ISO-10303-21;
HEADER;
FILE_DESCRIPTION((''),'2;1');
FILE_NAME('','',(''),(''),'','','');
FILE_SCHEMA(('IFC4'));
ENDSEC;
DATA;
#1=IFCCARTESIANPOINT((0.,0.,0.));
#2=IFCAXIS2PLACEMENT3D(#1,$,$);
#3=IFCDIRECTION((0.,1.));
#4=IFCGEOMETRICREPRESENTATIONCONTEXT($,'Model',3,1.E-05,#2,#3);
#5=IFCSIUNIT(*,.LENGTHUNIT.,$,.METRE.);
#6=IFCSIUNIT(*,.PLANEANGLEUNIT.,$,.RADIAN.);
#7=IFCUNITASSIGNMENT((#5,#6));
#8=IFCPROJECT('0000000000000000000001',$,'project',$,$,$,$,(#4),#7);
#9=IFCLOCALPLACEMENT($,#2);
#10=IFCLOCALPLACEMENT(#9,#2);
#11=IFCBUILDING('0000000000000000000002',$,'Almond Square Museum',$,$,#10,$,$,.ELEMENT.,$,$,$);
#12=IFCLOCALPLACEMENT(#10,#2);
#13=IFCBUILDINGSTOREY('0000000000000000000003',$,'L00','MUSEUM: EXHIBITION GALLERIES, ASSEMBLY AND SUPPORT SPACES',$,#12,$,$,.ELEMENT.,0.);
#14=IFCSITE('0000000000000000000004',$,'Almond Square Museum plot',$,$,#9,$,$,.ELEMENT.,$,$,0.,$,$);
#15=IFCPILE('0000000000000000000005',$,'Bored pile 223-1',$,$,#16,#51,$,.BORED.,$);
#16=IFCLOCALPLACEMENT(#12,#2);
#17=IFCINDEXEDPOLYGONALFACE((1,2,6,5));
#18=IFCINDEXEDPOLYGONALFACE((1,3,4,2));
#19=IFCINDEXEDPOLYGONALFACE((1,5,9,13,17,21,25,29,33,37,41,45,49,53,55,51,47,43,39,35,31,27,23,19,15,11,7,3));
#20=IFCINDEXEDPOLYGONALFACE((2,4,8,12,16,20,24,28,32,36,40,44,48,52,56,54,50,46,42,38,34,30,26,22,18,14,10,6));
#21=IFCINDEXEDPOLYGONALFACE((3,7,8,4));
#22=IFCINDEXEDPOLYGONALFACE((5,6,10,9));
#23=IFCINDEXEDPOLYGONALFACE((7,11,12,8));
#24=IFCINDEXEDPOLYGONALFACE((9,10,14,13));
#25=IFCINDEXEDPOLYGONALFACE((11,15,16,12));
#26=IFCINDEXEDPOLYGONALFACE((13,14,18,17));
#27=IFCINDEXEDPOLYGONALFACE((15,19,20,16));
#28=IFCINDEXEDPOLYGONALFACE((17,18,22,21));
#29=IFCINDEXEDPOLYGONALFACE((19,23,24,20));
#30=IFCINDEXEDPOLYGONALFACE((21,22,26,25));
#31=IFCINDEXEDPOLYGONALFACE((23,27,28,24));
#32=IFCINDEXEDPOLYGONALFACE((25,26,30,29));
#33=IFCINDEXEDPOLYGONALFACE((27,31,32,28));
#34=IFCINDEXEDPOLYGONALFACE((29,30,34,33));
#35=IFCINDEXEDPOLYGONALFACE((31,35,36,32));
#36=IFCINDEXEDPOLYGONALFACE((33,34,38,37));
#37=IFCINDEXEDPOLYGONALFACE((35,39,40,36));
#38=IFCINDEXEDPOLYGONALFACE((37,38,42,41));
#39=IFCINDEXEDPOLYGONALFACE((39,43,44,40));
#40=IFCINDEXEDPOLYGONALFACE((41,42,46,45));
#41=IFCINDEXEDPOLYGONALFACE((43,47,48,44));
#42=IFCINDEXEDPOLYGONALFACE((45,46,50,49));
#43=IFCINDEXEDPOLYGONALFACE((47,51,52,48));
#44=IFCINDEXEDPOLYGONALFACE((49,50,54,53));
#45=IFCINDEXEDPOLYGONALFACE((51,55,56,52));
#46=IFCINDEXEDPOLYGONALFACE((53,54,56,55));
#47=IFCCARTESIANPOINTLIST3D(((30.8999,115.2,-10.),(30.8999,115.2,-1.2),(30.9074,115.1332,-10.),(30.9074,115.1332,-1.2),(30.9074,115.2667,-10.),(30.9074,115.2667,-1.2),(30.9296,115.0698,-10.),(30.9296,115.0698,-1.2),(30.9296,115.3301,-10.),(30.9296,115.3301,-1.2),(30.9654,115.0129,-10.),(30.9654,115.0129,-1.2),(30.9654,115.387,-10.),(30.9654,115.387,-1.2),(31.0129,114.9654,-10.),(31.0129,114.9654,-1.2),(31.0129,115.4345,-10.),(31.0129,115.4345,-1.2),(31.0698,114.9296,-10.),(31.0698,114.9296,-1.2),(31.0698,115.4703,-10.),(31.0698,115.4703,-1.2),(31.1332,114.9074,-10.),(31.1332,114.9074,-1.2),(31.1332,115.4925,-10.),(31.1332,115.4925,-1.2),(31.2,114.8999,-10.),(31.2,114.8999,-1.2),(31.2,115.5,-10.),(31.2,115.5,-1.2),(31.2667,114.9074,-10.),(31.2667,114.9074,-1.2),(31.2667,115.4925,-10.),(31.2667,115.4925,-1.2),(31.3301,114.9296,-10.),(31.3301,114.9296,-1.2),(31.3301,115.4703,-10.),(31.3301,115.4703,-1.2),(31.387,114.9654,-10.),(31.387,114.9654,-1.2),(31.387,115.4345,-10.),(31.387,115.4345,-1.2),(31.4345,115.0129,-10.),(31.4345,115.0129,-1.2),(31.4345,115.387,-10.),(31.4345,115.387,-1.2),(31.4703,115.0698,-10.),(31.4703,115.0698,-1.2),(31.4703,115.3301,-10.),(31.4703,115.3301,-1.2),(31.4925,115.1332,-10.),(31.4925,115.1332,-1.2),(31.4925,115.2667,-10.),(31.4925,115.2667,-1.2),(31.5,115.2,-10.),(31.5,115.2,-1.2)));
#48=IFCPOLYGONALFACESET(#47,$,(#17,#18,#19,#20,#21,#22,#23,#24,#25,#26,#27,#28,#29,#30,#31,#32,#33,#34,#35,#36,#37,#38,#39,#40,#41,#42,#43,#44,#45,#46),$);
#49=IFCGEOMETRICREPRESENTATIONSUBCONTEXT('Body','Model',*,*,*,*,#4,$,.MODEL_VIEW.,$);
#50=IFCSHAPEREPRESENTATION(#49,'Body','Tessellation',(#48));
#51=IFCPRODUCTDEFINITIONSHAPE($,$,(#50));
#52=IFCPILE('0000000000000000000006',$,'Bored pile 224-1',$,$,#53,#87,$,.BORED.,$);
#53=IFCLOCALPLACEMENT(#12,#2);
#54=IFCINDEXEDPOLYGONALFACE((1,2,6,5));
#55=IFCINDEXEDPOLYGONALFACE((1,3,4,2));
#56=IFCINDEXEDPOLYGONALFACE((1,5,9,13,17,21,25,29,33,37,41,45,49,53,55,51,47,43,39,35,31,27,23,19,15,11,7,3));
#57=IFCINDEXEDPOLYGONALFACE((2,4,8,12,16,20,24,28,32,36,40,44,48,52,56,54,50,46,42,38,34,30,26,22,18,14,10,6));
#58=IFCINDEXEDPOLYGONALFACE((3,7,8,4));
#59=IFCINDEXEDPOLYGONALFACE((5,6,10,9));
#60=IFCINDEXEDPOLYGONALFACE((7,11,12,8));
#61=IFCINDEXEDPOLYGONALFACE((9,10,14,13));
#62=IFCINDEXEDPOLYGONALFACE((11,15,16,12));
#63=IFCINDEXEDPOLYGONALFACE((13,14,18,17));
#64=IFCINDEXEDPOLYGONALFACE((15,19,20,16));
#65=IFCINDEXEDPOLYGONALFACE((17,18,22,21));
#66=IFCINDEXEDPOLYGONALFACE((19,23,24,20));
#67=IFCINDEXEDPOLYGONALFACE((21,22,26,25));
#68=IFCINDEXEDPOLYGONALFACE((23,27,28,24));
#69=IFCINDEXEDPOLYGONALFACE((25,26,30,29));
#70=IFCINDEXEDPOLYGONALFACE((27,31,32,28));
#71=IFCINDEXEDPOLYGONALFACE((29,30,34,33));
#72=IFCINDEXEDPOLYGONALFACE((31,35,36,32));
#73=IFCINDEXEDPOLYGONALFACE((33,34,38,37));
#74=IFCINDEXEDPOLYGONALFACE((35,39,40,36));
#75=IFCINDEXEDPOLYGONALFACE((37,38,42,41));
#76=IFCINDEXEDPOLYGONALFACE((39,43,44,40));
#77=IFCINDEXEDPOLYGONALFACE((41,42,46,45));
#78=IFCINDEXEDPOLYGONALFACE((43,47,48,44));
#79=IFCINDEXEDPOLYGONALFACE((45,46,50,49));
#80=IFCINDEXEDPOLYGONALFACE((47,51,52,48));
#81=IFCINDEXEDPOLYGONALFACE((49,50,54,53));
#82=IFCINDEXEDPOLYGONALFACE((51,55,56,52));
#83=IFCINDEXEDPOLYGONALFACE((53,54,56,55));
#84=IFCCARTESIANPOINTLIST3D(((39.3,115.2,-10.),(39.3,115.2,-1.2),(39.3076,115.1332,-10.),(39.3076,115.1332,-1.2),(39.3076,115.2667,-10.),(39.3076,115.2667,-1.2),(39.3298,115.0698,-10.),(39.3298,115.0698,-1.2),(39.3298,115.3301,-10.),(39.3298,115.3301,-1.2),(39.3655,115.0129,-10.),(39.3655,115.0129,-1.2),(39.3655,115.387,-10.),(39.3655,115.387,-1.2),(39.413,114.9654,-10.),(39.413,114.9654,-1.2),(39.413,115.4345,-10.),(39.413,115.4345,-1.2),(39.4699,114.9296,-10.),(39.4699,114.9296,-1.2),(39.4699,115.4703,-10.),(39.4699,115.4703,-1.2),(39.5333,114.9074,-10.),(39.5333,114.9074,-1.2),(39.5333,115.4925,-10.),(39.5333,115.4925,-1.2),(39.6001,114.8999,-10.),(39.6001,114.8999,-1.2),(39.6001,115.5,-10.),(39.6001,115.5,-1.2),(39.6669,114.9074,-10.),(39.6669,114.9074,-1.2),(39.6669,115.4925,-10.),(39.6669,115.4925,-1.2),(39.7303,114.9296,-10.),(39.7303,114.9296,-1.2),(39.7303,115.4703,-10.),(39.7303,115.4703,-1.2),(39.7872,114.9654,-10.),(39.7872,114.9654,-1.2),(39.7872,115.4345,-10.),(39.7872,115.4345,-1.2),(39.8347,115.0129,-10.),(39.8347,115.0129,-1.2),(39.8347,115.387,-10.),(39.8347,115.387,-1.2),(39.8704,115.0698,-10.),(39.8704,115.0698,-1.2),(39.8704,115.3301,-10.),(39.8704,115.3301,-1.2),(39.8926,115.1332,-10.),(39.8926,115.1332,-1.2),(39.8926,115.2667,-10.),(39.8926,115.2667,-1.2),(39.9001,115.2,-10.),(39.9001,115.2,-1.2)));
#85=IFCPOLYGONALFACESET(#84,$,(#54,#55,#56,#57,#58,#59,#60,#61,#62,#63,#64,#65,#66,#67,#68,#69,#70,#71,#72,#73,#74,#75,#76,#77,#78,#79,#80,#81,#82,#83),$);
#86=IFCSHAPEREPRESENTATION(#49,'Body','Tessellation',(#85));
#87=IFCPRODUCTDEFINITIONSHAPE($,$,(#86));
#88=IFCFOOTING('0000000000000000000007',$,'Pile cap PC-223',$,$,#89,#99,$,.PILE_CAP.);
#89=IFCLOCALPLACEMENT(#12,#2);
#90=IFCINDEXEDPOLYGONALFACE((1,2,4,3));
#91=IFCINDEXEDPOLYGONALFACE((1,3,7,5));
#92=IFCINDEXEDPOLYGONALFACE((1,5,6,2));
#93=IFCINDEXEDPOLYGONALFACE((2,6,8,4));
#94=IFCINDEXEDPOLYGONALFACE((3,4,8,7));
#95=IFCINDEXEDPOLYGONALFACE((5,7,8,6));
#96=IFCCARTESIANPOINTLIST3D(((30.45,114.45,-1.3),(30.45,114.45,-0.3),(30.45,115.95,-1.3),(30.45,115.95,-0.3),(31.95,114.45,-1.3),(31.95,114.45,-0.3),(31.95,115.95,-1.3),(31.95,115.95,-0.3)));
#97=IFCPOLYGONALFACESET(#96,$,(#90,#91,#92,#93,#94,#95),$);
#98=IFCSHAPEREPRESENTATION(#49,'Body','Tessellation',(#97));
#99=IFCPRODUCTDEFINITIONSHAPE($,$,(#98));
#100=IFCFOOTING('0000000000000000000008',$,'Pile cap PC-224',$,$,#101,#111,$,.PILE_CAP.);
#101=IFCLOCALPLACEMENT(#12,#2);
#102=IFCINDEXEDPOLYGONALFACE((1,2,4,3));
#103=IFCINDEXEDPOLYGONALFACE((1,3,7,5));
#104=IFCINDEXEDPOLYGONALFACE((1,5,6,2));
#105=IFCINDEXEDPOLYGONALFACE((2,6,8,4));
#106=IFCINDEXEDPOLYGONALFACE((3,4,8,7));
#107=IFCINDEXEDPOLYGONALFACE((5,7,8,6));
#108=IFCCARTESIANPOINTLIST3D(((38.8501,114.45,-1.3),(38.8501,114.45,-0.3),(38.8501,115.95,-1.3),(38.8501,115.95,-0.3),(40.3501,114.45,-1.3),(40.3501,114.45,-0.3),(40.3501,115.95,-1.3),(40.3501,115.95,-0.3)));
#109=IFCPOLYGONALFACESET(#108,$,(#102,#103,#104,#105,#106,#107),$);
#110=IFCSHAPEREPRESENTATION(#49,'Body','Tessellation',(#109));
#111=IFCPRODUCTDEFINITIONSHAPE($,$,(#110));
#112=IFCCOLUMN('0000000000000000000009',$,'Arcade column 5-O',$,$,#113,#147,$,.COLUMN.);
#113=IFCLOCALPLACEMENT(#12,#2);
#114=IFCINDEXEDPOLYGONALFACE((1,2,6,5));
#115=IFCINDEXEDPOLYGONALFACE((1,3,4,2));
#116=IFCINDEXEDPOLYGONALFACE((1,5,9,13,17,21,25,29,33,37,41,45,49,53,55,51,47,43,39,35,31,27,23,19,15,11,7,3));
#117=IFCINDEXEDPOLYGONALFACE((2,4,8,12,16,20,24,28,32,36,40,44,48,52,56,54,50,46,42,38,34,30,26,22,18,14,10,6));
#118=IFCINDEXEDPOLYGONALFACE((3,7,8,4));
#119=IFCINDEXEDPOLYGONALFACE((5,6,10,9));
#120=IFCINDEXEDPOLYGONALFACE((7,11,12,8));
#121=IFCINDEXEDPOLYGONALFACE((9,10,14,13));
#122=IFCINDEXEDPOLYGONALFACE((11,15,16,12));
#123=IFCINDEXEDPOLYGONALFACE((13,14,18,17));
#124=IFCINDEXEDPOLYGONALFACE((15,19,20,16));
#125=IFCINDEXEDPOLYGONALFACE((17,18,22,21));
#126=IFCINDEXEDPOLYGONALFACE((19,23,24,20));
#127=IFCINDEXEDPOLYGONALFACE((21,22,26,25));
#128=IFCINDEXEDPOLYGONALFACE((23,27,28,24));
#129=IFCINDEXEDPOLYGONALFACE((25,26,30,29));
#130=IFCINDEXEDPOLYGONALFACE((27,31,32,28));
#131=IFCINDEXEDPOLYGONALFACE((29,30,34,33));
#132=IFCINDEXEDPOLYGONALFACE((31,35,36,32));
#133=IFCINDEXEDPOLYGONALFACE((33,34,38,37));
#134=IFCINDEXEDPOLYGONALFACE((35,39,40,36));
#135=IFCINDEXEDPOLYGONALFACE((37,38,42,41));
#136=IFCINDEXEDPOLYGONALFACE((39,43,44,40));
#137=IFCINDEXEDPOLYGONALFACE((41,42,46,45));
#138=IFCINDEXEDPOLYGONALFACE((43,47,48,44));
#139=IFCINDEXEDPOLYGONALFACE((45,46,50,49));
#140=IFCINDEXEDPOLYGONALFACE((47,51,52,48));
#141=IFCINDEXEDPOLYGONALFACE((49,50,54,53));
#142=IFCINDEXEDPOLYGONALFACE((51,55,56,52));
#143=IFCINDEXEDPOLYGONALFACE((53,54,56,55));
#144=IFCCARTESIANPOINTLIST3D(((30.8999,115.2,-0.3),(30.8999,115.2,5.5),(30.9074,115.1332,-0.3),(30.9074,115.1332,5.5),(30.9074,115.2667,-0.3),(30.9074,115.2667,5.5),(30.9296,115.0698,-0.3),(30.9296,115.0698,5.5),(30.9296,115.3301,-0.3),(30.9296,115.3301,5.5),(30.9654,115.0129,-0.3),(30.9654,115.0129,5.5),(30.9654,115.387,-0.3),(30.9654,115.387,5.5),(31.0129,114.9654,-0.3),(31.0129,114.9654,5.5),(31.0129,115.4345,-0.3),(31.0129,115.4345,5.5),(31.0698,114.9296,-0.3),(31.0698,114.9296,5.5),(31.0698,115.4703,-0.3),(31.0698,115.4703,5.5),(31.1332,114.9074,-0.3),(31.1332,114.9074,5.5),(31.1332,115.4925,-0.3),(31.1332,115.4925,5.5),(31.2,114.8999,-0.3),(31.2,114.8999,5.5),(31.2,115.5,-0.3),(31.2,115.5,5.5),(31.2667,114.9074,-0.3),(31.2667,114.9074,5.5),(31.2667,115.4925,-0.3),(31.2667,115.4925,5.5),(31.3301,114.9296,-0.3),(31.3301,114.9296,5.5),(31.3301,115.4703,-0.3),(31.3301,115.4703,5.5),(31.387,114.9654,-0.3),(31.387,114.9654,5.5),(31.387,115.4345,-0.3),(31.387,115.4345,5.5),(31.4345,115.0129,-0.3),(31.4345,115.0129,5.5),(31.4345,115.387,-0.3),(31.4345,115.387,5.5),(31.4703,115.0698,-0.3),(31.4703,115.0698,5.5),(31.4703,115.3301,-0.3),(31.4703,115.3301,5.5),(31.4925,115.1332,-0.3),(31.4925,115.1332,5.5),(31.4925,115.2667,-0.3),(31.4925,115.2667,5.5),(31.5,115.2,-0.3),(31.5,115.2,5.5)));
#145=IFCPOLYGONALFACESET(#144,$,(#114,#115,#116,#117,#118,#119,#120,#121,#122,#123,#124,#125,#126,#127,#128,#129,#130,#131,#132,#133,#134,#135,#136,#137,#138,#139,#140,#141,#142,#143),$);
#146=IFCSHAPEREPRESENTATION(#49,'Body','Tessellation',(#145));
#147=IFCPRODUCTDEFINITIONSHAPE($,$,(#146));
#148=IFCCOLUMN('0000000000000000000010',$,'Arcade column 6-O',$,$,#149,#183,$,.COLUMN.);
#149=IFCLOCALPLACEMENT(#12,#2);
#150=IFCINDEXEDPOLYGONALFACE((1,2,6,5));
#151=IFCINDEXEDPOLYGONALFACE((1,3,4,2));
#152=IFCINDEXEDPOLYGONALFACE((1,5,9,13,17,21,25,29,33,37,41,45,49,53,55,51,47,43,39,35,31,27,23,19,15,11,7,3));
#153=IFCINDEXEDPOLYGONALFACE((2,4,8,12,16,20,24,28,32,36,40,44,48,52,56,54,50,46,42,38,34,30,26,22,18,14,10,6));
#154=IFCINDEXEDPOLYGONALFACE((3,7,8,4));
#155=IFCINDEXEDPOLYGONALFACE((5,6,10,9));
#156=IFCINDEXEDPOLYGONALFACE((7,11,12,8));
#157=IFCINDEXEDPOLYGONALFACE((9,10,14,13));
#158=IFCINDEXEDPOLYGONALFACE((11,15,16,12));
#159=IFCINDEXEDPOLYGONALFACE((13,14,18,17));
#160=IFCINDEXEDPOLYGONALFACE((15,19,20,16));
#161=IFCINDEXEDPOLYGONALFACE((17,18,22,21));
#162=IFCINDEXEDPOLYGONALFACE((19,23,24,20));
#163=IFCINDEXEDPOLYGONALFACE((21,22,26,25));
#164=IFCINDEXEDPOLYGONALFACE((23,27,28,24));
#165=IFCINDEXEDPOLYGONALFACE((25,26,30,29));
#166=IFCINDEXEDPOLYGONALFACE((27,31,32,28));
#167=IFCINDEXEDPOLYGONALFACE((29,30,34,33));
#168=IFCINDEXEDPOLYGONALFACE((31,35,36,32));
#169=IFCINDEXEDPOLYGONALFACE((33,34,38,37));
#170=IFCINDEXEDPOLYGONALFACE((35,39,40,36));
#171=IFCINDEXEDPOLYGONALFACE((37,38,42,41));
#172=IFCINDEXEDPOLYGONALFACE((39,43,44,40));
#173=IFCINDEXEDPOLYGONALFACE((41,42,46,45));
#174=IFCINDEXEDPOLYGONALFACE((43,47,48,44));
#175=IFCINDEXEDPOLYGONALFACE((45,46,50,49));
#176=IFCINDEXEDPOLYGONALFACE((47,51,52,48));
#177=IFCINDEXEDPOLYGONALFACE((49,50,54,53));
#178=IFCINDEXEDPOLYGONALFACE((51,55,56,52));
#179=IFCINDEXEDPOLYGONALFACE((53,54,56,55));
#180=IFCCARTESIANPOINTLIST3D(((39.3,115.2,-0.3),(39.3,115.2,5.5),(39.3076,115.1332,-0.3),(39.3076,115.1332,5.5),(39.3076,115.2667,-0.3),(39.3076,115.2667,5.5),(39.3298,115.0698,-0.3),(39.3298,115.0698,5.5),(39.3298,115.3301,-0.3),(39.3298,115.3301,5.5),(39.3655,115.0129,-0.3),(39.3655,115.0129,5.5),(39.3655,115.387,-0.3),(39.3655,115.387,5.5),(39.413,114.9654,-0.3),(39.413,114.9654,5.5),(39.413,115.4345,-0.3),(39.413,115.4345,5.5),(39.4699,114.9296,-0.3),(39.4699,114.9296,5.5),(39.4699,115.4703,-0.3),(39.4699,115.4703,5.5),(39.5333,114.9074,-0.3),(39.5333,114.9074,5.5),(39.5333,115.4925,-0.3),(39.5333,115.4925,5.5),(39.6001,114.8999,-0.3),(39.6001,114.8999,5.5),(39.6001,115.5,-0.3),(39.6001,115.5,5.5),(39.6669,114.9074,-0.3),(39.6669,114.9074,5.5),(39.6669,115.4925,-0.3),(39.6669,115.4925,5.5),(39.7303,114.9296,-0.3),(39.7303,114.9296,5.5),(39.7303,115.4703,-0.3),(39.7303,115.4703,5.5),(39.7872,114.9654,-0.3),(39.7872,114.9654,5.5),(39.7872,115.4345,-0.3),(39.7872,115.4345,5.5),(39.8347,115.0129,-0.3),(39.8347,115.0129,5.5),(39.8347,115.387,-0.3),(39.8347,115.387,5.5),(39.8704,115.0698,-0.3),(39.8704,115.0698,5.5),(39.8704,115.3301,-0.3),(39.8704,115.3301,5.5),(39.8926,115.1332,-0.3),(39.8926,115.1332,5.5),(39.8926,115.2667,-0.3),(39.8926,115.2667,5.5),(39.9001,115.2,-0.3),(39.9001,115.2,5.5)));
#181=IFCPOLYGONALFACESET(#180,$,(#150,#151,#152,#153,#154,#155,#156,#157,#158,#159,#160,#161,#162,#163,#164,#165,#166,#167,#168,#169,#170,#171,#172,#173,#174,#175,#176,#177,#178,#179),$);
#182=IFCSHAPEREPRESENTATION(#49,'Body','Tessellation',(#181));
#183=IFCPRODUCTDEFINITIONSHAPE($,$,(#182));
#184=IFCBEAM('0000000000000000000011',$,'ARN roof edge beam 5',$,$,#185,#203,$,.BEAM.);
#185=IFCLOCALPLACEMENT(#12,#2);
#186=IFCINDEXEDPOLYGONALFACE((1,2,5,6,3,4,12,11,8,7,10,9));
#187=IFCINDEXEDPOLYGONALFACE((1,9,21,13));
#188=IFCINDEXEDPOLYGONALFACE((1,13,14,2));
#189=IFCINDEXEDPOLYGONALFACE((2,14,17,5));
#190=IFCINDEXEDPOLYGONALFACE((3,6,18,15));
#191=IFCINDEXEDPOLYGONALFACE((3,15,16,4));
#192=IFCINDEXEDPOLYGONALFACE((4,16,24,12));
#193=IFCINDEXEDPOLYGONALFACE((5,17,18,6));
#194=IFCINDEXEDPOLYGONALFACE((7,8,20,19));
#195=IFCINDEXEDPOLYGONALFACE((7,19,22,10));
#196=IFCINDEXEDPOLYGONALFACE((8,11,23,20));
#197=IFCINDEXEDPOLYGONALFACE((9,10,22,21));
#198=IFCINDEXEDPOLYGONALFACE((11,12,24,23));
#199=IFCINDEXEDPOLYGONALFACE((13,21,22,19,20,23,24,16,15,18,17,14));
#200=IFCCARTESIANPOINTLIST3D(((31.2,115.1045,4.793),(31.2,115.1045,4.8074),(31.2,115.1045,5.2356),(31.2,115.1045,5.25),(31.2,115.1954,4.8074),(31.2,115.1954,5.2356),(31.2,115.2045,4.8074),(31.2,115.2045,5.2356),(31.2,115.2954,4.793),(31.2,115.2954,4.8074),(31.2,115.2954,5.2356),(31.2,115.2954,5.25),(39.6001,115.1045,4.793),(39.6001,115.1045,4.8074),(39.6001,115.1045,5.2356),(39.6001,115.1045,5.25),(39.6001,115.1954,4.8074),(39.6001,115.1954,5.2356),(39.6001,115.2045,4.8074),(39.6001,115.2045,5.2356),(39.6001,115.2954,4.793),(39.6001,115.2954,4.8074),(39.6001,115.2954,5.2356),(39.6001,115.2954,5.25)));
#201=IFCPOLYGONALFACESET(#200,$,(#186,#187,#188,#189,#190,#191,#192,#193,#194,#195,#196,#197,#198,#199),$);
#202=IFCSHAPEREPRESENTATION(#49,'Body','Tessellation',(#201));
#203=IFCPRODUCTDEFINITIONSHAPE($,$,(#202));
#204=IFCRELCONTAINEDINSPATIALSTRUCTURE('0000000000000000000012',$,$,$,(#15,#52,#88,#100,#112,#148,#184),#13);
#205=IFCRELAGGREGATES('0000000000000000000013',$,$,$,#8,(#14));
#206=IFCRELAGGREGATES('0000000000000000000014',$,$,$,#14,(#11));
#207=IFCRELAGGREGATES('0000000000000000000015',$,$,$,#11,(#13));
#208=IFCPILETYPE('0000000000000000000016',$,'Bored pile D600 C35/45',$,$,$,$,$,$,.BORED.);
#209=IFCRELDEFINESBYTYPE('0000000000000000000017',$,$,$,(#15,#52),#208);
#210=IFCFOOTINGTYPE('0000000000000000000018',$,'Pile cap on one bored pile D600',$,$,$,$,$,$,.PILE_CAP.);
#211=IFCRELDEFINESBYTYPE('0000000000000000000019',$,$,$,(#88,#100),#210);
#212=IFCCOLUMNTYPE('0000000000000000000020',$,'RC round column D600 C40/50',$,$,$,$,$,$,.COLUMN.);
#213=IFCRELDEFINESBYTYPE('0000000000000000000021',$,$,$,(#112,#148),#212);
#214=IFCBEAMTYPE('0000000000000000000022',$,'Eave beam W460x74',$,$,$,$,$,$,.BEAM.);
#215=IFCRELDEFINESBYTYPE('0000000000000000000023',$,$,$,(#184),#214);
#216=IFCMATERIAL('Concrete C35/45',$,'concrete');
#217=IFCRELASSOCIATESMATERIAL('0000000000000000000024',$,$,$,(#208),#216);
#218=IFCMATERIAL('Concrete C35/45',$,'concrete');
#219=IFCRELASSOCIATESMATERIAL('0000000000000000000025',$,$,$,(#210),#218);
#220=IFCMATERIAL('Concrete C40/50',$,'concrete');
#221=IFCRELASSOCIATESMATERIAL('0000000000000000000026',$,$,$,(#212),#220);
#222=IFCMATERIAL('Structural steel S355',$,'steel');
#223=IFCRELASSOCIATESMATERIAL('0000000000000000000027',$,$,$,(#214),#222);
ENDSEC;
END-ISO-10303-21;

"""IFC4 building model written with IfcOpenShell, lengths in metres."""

from ifc_helpers import new_model, si_unit, direction, frame, origin, origin_2d, place, context, subcontext, project, spatial, rectangle, circle, i_section, extrude, material, material_profile, profile_set, type_object, element, save


model = new_model("IFC4")

# Units and contexts
model_context = context("Model", 3, precision=1e-05, world=origin(), true_north=direction((0.0, 1.0)))
body_context = subcontext(model_context, "Body", "Model", "MODEL_VIEW")
ifc_project = project(units=[si_unit("LENGTHUNIT", "METRE"), si_unit("PLANEANGLEUNIT", "RADIAN")], contexts=[model_context])

# Site, building, storey
site_placement = place(None, origin())
site = spatial("IfcSite", under=ifc_project, at=site_placement, Name="Almond Square Museum plot", CompositionType="ELEMENT", RefElevation=0.0)
building_placement = place(site_placement, origin())
building = spatial("IfcBuilding", under=site, at=building_placement, Name="Almond Square Museum", CompositionType="ELEMENT")
storey_placement = place(building_placement, origin())
storey = spatial("IfcBuildingStorey", under=building, at=storey_placement, Name="L00", Description="MUSEUM: EXHIBITION GALLERIES, ASSEMBLY AND SUPPORT SPACES", CompositionType="ELEMENT", Elevation=0.0)

# Piles
ifc_material_1 = material(Name="Concrete C35/45", Category="concrete")
ifc_material_profile_1 = material_profile(ifc_material_1, circle(Radius=0.3, at=origin_2d()))
ifc_profile_set_1 = profile_set([ifc_material_profile_1], Name="Concrete C35/45")
pile_type = type_object("IfcPileType", Name="Bored pile D600 C35/45", PredefinedType="BORED", material=ifc_profile_set_1)
for number, where, z_axis, x_axis, name in (
    (1, (31.2, 115.2, -1.2), (0.0, 0.0, -1.0), (1.0, 0.0, 0.0), "Bored pile 223-1"),
    (2, (39.6001, 115.2, -1.2), (0.0, 0.0, -1.0), (1.0, 0.0, 0.0), "Bored pile 224-1"),
):
    element("IfcPile", number, at=place(storey_placement, frame(where, z_axis=z_axis, x_axis=x_axis)), inside=storey, type_object=pile_type, Name=name, PredefinedType="BORED", context=body_context, shape_type="SweptSolid", body=[
        extrude(circle(Radius=0.3, at=origin_2d()), origin(), (0.0, 0.0, 1.0), 8.8),
    ])

# Footings
ifc_material_2 = material(Name="Concrete C35/45", Category="concrete")
footing_type = type_object("IfcFootingType", Name="Pile cap on one bored pile D600", PredefinedType="PILE_CAP", material=ifc_material_2)
for number, where, z_axis, x_axis, name in (
    (3, (31.2, 115.2, -1.3), (0.0, 0.0, 1.0), (1.0, 0.0, 0.0), "Pile cap PC-223"),
    (4, (39.6001, 115.2, -1.3), (0.0, 0.0, 1.0), (1.0, 0.0, 0.0), "Pile cap PC-224"),
):
    element("IfcFooting", number, at=place(storey_placement, frame(where, z_axis=z_axis, x_axis=x_axis)), inside=storey, type_object=footing_type, Name=name, PredefinedType="PILE_CAP", context=body_context, shape_type="SweptSolid", body=[
        extrude(rectangle(XDim=1.5, YDim=1.5, at=origin_2d()), origin(), (0.0, 0.0, 1.0), 1.0),
    ])

# Columns
ifc_material_3 = material(Name="Concrete C40/50", Category="concrete")
ifc_material_profile_2 = material_profile(ifc_material_3, circle(Radius=0.3, at=origin_2d()))
ifc_profile_set_2 = profile_set([ifc_material_profile_2], Name="Concrete C40/50")
column_type = type_object("IfcColumnType", Name="RC round column D600 C40/50", PredefinedType="COLUMN", material=ifc_profile_set_2)
for number, where, z_axis, x_axis, name in (
    (5, (31.2, 115.2, -0.3), (0.0, 0.0, 1.0), (1.0, 0.0, 0.0), "Arcade column 5-O"),
    (6, (39.6001, 115.2, -0.3), (0.0, 0.0, 1.0), (1.0, 0.0, 0.0), "Arcade column 6-O"),
):
    element("IfcColumn", number, at=place(storey_placement, frame(where, z_axis=z_axis, x_axis=x_axis)), inside=storey, type_object=column_type, Name=name, PredefinedType="COLUMN", context=body_context, shape_type="SweptSolid", body=[
        extrude(circle(Radius=0.3, at=origin_2d()), origin(), (0.0, 0.0, 1.0), 5.8),
    ])

# Beam
ifc_material_4 = material(Name="Structural steel S355", Category="steel")
ifc_material_profile_3 = material_profile(ifc_material_4, i_section(OverallWidth=0.1909, OverallDepth=0.457, WebThickness=0.009, FlangeThickness=0.0144, at=origin_2d()))
ifc_profile_set_3 = profile_set([ifc_material_profile_3], Name="Structural steel S355")
beam_type_1 = type_object("IfcBeamType", Name="Eave beam W460x74", PredefinedType="BEAM", material=ifc_profile_set_3)
beam_1_placement = place(storey_placement, frame((31.2, 115.2, 5.0215), z_axis=(1.0, 0.0, 0.0), x_axis=(0.0, 1.0, 0.0)))
element("IfcBeam", 7, at=beam_1_placement, inside=storey, type_object=beam_type_1, Name="ARN roof edge beam 5", PredefinedType="BEAM", context=body_context, shape_type="SweptSolid", body=[
    extrude(i_section(OverallWidth=0.1909, OverallDepth=0.457, WebThickness=0.009, FlangeThickness=0.0144, at=origin_2d()), origin(), (0.0, 0.0, 1.0), 8.4001),
])

save(model, "model.ifc")
